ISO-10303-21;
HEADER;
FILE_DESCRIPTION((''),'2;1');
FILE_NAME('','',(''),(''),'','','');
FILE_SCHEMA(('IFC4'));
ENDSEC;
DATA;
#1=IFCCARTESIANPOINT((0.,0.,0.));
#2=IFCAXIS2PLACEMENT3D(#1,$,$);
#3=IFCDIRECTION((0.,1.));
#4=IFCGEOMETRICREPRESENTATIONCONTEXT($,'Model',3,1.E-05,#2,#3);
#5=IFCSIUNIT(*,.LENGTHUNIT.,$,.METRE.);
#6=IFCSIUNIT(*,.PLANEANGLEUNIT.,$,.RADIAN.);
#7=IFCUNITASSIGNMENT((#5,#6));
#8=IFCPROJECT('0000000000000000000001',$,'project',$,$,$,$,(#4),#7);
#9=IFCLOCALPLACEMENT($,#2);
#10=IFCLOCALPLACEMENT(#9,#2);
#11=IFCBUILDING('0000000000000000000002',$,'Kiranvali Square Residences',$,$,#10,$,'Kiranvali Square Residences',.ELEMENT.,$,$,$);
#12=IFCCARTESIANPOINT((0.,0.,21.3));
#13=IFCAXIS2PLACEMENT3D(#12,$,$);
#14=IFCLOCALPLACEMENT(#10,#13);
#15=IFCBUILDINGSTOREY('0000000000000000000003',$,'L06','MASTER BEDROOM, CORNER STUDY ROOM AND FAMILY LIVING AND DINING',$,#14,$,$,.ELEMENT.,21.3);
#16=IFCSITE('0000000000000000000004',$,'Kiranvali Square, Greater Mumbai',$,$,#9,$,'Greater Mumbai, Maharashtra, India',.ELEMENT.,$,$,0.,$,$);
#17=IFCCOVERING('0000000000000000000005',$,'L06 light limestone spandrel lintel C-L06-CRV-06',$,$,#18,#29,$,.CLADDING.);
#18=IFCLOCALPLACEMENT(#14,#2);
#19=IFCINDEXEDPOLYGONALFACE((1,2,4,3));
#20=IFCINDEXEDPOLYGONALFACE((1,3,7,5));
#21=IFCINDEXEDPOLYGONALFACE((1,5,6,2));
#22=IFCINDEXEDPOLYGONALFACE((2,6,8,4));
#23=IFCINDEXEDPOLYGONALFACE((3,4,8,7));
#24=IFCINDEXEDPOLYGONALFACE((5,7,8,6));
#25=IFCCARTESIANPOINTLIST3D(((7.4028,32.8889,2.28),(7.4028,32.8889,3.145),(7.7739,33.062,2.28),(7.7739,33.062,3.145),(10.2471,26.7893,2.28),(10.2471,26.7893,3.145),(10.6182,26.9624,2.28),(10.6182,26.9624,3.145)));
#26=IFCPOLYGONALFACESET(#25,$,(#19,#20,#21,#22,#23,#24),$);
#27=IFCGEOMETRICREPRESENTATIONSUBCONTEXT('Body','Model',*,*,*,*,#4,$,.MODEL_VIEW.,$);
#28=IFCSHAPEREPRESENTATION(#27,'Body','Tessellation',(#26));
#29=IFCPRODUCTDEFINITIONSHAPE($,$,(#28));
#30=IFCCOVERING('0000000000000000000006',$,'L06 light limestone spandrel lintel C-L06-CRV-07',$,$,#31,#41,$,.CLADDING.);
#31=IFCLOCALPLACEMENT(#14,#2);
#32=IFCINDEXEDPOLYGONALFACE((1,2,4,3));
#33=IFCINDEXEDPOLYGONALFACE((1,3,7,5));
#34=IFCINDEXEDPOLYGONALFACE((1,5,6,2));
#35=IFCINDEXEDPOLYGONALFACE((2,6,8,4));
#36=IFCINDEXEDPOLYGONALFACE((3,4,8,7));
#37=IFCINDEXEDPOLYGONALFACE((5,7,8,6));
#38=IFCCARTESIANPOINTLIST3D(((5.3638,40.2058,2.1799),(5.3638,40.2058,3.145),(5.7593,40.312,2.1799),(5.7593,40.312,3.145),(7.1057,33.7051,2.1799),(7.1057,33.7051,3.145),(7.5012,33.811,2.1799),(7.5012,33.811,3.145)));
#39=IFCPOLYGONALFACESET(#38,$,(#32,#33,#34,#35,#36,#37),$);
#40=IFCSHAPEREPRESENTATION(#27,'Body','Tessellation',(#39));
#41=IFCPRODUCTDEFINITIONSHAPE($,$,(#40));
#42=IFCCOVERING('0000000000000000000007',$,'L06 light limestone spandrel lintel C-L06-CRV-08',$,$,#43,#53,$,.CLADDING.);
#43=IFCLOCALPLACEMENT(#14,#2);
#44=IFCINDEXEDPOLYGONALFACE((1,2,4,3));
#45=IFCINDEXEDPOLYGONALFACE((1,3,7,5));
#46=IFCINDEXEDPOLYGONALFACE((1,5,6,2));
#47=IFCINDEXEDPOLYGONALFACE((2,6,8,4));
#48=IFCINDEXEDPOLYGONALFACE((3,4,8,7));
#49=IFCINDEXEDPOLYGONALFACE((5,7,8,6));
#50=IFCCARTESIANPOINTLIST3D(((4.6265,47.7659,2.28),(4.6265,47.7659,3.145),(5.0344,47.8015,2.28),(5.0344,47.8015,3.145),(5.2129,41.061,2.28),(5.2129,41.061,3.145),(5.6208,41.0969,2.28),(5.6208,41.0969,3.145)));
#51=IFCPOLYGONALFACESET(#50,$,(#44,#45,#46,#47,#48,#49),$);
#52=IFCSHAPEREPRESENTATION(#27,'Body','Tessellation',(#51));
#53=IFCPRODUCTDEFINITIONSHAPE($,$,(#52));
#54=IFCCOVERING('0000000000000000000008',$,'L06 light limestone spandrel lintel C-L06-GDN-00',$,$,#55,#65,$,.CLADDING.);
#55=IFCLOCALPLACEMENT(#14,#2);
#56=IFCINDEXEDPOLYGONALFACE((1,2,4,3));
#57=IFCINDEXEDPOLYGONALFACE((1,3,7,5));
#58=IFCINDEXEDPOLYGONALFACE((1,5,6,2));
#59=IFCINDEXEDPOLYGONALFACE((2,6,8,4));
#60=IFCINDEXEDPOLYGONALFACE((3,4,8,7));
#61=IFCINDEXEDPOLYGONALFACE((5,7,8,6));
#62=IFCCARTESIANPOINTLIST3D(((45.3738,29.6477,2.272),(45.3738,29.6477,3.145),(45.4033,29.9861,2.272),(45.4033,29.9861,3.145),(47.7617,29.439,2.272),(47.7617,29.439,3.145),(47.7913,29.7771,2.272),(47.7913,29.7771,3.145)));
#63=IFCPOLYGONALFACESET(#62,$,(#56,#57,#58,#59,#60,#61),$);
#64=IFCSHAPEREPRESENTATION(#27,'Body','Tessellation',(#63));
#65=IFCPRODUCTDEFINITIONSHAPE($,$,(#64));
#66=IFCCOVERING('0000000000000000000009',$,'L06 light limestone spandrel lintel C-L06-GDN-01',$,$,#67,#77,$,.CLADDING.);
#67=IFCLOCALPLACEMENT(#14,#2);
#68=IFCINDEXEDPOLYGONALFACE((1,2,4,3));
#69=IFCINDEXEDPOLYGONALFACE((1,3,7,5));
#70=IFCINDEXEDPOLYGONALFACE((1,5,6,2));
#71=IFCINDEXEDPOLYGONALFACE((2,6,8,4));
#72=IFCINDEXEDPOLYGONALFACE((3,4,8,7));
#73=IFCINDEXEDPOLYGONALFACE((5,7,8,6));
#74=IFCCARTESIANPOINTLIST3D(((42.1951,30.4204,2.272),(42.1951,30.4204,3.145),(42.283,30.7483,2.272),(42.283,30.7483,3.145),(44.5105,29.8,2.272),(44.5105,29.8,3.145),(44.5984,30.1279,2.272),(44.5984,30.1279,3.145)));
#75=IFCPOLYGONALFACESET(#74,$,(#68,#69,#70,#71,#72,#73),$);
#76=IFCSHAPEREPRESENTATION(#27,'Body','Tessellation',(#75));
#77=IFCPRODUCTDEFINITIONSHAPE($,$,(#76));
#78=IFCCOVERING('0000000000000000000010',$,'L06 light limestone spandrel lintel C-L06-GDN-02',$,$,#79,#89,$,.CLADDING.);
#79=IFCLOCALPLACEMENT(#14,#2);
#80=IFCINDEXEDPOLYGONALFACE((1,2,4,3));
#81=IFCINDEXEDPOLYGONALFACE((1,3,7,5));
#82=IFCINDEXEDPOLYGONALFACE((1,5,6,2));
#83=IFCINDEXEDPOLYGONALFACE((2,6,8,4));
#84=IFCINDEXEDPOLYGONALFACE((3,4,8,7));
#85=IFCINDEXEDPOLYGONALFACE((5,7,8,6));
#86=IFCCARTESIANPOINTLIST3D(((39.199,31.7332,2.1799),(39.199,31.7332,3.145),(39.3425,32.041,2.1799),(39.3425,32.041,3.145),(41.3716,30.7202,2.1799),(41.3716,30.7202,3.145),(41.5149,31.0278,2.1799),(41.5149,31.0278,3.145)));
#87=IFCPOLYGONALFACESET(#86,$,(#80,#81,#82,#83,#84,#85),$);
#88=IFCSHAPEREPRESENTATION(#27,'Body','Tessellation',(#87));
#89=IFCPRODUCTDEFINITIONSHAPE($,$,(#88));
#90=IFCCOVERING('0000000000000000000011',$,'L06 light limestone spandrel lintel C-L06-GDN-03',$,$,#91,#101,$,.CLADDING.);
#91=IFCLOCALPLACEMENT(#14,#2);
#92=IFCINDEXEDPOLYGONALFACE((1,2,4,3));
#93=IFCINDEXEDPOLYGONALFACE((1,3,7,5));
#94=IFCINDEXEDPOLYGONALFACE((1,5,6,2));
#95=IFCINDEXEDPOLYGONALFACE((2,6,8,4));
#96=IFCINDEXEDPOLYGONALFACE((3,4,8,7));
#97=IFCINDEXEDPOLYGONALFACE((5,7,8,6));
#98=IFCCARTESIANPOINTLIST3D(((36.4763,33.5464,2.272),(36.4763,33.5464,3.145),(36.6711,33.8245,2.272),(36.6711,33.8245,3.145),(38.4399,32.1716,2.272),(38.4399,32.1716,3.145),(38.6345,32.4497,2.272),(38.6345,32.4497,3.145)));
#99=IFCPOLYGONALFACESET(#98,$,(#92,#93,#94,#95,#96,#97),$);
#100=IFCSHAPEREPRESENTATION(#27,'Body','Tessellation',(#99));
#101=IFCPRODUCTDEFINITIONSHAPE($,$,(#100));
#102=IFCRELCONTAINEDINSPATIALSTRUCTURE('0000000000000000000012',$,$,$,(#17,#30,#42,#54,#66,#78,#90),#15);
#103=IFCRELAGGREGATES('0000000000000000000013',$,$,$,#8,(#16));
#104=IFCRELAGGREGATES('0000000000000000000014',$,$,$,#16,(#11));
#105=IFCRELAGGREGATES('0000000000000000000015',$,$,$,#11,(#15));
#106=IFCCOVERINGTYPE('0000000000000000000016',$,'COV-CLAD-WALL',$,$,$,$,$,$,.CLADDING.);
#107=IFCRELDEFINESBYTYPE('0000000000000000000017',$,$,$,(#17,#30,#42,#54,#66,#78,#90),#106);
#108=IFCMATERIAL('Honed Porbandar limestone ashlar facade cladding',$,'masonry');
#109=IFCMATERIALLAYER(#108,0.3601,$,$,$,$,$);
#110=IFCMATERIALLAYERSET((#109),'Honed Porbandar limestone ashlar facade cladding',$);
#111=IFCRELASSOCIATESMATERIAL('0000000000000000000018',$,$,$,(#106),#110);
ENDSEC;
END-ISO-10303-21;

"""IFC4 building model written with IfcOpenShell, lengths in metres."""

from ifc_helpers import new_model, si_unit, direction, frame, origin, place, context, subcontext, project, spatial, polyline, outline, extrude, material, layer, layer_set, type_object, element, save


model = new_model("IFC4")

# Units and contexts
model_context = context("Model", 3, precision=1e-05, world=origin(), true_north=direction((0.0, 1.0)))
body_context = subcontext(model_context, "Body", "Model", "MODEL_VIEW")
ifc_project = project(units=[si_unit("LENGTHUNIT", "METRE"), si_unit("PLANEANGLEUNIT", "RADIAN")], contexts=[model_context])

# Site, building, storey
site_placement = place(None, origin())
site = spatial("IfcSite", under=ifc_project, at=site_placement, Name="Kiranvali Square, Greater Mumbai", LongName="Greater Mumbai, Maharashtra, India", CompositionType="ELEMENT", RefElevation=0.0)
building_placement = place(site_placement, origin())
building = spatial("IfcBuilding", under=site, at=building_placement, Name="Kiranvali Square Residences", LongName="Kiranvali Square Residences", CompositionType="ELEMENT")
storey_placement = place(building_placement, frame((0.0, 0.0, 21.3)))
storey = spatial("IfcBuildingStorey", under=building, at=storey_placement, Name="L06", Description="MASTER BEDROOM, CORNER STUDY ROOM AND FAMILY LIVING AND DINING", CompositionType="ELEMENT", Elevation=21.3)

# Coverings
ifc_material = material(Name="Honed Porbandar limestone ashlar facade cladding", Category="masonry")
ifc_layer = layer(ifc_material, 0.3601)
ifc_layer_set = layer_set([ifc_layer], Name="Honed Porbandar limestone ashlar facade cladding")
covering_type = type_object("IfcCoveringType", Name="COV-CLAD-WALL", PredefinedType="CLADDING", material=ifc_layer_set)
covering_1_placement = place(storey_placement, frame((0.0, 0.0, 2.28)))
element("IfcCovering", 1, at=covering_1_placement, inside=storey, type_object=covering_type, Name="L06 light limestone spandrel lintel C-L06-CRV-06", PredefinedType="CLADDING", context=body_context, shape_type="SweptSolid", body=[
    extrude(outline(polyline([(10.6182, 26.9624), (7.7739, 33.062), (7.4028, 32.8889), (10.2471, 26.7893), (10.6182, 26.9624)])), origin(), (0.0, 0.0, 1.0), 0.865),
])
covering_2_placement = place(storey_placement, frame((0.0, 0.0, 2.1799)))
element("IfcCovering", 2, at=covering_2_placement, inside=storey, type_object=covering_type, Name="L06 light limestone spandrel lintel C-L06-CRV-07", PredefinedType="CLADDING", context=body_context, shape_type="SweptSolid", body=[
    extrude(outline(polyline([(7.5012, 33.811), (5.7593, 40.312), (5.3638, 40.2058), (7.1057, 33.7051), (7.5012, 33.811)])), origin(), (0.0, 0.0, 1.0), 0.9651),
])
covering_3_placement = place(storey_placement, frame((0.0, 0.0, 2.28)))
element("IfcCovering", 3, at=covering_3_placement, inside=storey, type_object=covering_type, Name="L06 light limestone spandrel lintel C-L06-CRV-08", PredefinedType="CLADDING", context=body_context, shape_type="SweptSolid", body=[
    extrude(outline(polyline([(5.6208, 41.0969), (5.0344, 47.8015), (4.6265, 47.7659), (5.2129, 41.061), (5.6208, 41.0969)])), origin(), (0.0, 0.0, 1.0), 0.865),
])
covering_4_placement = place(storey_placement, frame((0.0, 0.0, 2.272)))
element("IfcCovering", 4, at=covering_4_placement, inside=storey, type_object=covering_type, Name="L06 light limestone spandrel lintel C-L06-GDN-00", PredefinedType="CLADDING", context=body_context, shape_type="SweptSolid", body=[
    extrude(outline(polyline([(47.7913, 29.7771), (45.4033, 29.9861), (45.3738, 29.6477), (47.7617, 29.439), (47.7913, 29.7771)])), origin(), (0.0, 0.0, 1.0), 0.873),
])
covering_5_placement = place(storey_placement, frame((0.0, 0.0, 2.272)))
element("IfcCovering", 5, at=covering_5_placement, inside=storey, type_object=covering_type, Name="L06 light limestone spandrel lintel C-L06-GDN-01", PredefinedType="CLADDING", context=body_context, shape_type="SweptSolid", body=[
    extrude(outline(polyline([(44.5984, 30.1279), (42.283, 30.7483), (42.1951, 30.4204), (44.5105, 29.8), (44.5984, 30.1279)])), origin(), (0.0, 0.0, 1.0), 0.873),
])
covering_6_placement = place(storey_placement, frame((0.0, 0.0, 2.1799)))
element("IfcCovering", 6, at=covering_6_placement, inside=storey, type_object=covering_type, Name="L06 light limestone spandrel lintel C-L06-GDN-02", PredefinedType="CLADDING", context=body_context, shape_type="SweptSolid", body=[
    extrude(outline(polyline([(41.5149, 31.0278), (39.3425, 32.041), (39.199, 31.7332), (41.3716, 30.7202), (41.5149, 31.0278)])), origin(), (0.0, 0.0, 1.0), 0.9651),
])
covering_7_placement = place(storey_placement, frame((0.0, 0.0, 2.272)))
element("IfcCovering", 7, at=covering_7_placement, inside=storey, type_object=covering_type, Name="L06 light limestone spandrel lintel C-L06-GDN-03", PredefinedType="CLADDING", context=body_context, shape_type="SweptSolid", body=[
    extrude(outline(polyline([(38.6345, 32.4497), (36.6711, 33.8245), (36.4763, 33.5464), (38.4399, 32.1716), (38.6345, 32.4497)])), origin(), (0.0, 0.0, 1.0), 0.873),
])

save(model, "model.ifc")
